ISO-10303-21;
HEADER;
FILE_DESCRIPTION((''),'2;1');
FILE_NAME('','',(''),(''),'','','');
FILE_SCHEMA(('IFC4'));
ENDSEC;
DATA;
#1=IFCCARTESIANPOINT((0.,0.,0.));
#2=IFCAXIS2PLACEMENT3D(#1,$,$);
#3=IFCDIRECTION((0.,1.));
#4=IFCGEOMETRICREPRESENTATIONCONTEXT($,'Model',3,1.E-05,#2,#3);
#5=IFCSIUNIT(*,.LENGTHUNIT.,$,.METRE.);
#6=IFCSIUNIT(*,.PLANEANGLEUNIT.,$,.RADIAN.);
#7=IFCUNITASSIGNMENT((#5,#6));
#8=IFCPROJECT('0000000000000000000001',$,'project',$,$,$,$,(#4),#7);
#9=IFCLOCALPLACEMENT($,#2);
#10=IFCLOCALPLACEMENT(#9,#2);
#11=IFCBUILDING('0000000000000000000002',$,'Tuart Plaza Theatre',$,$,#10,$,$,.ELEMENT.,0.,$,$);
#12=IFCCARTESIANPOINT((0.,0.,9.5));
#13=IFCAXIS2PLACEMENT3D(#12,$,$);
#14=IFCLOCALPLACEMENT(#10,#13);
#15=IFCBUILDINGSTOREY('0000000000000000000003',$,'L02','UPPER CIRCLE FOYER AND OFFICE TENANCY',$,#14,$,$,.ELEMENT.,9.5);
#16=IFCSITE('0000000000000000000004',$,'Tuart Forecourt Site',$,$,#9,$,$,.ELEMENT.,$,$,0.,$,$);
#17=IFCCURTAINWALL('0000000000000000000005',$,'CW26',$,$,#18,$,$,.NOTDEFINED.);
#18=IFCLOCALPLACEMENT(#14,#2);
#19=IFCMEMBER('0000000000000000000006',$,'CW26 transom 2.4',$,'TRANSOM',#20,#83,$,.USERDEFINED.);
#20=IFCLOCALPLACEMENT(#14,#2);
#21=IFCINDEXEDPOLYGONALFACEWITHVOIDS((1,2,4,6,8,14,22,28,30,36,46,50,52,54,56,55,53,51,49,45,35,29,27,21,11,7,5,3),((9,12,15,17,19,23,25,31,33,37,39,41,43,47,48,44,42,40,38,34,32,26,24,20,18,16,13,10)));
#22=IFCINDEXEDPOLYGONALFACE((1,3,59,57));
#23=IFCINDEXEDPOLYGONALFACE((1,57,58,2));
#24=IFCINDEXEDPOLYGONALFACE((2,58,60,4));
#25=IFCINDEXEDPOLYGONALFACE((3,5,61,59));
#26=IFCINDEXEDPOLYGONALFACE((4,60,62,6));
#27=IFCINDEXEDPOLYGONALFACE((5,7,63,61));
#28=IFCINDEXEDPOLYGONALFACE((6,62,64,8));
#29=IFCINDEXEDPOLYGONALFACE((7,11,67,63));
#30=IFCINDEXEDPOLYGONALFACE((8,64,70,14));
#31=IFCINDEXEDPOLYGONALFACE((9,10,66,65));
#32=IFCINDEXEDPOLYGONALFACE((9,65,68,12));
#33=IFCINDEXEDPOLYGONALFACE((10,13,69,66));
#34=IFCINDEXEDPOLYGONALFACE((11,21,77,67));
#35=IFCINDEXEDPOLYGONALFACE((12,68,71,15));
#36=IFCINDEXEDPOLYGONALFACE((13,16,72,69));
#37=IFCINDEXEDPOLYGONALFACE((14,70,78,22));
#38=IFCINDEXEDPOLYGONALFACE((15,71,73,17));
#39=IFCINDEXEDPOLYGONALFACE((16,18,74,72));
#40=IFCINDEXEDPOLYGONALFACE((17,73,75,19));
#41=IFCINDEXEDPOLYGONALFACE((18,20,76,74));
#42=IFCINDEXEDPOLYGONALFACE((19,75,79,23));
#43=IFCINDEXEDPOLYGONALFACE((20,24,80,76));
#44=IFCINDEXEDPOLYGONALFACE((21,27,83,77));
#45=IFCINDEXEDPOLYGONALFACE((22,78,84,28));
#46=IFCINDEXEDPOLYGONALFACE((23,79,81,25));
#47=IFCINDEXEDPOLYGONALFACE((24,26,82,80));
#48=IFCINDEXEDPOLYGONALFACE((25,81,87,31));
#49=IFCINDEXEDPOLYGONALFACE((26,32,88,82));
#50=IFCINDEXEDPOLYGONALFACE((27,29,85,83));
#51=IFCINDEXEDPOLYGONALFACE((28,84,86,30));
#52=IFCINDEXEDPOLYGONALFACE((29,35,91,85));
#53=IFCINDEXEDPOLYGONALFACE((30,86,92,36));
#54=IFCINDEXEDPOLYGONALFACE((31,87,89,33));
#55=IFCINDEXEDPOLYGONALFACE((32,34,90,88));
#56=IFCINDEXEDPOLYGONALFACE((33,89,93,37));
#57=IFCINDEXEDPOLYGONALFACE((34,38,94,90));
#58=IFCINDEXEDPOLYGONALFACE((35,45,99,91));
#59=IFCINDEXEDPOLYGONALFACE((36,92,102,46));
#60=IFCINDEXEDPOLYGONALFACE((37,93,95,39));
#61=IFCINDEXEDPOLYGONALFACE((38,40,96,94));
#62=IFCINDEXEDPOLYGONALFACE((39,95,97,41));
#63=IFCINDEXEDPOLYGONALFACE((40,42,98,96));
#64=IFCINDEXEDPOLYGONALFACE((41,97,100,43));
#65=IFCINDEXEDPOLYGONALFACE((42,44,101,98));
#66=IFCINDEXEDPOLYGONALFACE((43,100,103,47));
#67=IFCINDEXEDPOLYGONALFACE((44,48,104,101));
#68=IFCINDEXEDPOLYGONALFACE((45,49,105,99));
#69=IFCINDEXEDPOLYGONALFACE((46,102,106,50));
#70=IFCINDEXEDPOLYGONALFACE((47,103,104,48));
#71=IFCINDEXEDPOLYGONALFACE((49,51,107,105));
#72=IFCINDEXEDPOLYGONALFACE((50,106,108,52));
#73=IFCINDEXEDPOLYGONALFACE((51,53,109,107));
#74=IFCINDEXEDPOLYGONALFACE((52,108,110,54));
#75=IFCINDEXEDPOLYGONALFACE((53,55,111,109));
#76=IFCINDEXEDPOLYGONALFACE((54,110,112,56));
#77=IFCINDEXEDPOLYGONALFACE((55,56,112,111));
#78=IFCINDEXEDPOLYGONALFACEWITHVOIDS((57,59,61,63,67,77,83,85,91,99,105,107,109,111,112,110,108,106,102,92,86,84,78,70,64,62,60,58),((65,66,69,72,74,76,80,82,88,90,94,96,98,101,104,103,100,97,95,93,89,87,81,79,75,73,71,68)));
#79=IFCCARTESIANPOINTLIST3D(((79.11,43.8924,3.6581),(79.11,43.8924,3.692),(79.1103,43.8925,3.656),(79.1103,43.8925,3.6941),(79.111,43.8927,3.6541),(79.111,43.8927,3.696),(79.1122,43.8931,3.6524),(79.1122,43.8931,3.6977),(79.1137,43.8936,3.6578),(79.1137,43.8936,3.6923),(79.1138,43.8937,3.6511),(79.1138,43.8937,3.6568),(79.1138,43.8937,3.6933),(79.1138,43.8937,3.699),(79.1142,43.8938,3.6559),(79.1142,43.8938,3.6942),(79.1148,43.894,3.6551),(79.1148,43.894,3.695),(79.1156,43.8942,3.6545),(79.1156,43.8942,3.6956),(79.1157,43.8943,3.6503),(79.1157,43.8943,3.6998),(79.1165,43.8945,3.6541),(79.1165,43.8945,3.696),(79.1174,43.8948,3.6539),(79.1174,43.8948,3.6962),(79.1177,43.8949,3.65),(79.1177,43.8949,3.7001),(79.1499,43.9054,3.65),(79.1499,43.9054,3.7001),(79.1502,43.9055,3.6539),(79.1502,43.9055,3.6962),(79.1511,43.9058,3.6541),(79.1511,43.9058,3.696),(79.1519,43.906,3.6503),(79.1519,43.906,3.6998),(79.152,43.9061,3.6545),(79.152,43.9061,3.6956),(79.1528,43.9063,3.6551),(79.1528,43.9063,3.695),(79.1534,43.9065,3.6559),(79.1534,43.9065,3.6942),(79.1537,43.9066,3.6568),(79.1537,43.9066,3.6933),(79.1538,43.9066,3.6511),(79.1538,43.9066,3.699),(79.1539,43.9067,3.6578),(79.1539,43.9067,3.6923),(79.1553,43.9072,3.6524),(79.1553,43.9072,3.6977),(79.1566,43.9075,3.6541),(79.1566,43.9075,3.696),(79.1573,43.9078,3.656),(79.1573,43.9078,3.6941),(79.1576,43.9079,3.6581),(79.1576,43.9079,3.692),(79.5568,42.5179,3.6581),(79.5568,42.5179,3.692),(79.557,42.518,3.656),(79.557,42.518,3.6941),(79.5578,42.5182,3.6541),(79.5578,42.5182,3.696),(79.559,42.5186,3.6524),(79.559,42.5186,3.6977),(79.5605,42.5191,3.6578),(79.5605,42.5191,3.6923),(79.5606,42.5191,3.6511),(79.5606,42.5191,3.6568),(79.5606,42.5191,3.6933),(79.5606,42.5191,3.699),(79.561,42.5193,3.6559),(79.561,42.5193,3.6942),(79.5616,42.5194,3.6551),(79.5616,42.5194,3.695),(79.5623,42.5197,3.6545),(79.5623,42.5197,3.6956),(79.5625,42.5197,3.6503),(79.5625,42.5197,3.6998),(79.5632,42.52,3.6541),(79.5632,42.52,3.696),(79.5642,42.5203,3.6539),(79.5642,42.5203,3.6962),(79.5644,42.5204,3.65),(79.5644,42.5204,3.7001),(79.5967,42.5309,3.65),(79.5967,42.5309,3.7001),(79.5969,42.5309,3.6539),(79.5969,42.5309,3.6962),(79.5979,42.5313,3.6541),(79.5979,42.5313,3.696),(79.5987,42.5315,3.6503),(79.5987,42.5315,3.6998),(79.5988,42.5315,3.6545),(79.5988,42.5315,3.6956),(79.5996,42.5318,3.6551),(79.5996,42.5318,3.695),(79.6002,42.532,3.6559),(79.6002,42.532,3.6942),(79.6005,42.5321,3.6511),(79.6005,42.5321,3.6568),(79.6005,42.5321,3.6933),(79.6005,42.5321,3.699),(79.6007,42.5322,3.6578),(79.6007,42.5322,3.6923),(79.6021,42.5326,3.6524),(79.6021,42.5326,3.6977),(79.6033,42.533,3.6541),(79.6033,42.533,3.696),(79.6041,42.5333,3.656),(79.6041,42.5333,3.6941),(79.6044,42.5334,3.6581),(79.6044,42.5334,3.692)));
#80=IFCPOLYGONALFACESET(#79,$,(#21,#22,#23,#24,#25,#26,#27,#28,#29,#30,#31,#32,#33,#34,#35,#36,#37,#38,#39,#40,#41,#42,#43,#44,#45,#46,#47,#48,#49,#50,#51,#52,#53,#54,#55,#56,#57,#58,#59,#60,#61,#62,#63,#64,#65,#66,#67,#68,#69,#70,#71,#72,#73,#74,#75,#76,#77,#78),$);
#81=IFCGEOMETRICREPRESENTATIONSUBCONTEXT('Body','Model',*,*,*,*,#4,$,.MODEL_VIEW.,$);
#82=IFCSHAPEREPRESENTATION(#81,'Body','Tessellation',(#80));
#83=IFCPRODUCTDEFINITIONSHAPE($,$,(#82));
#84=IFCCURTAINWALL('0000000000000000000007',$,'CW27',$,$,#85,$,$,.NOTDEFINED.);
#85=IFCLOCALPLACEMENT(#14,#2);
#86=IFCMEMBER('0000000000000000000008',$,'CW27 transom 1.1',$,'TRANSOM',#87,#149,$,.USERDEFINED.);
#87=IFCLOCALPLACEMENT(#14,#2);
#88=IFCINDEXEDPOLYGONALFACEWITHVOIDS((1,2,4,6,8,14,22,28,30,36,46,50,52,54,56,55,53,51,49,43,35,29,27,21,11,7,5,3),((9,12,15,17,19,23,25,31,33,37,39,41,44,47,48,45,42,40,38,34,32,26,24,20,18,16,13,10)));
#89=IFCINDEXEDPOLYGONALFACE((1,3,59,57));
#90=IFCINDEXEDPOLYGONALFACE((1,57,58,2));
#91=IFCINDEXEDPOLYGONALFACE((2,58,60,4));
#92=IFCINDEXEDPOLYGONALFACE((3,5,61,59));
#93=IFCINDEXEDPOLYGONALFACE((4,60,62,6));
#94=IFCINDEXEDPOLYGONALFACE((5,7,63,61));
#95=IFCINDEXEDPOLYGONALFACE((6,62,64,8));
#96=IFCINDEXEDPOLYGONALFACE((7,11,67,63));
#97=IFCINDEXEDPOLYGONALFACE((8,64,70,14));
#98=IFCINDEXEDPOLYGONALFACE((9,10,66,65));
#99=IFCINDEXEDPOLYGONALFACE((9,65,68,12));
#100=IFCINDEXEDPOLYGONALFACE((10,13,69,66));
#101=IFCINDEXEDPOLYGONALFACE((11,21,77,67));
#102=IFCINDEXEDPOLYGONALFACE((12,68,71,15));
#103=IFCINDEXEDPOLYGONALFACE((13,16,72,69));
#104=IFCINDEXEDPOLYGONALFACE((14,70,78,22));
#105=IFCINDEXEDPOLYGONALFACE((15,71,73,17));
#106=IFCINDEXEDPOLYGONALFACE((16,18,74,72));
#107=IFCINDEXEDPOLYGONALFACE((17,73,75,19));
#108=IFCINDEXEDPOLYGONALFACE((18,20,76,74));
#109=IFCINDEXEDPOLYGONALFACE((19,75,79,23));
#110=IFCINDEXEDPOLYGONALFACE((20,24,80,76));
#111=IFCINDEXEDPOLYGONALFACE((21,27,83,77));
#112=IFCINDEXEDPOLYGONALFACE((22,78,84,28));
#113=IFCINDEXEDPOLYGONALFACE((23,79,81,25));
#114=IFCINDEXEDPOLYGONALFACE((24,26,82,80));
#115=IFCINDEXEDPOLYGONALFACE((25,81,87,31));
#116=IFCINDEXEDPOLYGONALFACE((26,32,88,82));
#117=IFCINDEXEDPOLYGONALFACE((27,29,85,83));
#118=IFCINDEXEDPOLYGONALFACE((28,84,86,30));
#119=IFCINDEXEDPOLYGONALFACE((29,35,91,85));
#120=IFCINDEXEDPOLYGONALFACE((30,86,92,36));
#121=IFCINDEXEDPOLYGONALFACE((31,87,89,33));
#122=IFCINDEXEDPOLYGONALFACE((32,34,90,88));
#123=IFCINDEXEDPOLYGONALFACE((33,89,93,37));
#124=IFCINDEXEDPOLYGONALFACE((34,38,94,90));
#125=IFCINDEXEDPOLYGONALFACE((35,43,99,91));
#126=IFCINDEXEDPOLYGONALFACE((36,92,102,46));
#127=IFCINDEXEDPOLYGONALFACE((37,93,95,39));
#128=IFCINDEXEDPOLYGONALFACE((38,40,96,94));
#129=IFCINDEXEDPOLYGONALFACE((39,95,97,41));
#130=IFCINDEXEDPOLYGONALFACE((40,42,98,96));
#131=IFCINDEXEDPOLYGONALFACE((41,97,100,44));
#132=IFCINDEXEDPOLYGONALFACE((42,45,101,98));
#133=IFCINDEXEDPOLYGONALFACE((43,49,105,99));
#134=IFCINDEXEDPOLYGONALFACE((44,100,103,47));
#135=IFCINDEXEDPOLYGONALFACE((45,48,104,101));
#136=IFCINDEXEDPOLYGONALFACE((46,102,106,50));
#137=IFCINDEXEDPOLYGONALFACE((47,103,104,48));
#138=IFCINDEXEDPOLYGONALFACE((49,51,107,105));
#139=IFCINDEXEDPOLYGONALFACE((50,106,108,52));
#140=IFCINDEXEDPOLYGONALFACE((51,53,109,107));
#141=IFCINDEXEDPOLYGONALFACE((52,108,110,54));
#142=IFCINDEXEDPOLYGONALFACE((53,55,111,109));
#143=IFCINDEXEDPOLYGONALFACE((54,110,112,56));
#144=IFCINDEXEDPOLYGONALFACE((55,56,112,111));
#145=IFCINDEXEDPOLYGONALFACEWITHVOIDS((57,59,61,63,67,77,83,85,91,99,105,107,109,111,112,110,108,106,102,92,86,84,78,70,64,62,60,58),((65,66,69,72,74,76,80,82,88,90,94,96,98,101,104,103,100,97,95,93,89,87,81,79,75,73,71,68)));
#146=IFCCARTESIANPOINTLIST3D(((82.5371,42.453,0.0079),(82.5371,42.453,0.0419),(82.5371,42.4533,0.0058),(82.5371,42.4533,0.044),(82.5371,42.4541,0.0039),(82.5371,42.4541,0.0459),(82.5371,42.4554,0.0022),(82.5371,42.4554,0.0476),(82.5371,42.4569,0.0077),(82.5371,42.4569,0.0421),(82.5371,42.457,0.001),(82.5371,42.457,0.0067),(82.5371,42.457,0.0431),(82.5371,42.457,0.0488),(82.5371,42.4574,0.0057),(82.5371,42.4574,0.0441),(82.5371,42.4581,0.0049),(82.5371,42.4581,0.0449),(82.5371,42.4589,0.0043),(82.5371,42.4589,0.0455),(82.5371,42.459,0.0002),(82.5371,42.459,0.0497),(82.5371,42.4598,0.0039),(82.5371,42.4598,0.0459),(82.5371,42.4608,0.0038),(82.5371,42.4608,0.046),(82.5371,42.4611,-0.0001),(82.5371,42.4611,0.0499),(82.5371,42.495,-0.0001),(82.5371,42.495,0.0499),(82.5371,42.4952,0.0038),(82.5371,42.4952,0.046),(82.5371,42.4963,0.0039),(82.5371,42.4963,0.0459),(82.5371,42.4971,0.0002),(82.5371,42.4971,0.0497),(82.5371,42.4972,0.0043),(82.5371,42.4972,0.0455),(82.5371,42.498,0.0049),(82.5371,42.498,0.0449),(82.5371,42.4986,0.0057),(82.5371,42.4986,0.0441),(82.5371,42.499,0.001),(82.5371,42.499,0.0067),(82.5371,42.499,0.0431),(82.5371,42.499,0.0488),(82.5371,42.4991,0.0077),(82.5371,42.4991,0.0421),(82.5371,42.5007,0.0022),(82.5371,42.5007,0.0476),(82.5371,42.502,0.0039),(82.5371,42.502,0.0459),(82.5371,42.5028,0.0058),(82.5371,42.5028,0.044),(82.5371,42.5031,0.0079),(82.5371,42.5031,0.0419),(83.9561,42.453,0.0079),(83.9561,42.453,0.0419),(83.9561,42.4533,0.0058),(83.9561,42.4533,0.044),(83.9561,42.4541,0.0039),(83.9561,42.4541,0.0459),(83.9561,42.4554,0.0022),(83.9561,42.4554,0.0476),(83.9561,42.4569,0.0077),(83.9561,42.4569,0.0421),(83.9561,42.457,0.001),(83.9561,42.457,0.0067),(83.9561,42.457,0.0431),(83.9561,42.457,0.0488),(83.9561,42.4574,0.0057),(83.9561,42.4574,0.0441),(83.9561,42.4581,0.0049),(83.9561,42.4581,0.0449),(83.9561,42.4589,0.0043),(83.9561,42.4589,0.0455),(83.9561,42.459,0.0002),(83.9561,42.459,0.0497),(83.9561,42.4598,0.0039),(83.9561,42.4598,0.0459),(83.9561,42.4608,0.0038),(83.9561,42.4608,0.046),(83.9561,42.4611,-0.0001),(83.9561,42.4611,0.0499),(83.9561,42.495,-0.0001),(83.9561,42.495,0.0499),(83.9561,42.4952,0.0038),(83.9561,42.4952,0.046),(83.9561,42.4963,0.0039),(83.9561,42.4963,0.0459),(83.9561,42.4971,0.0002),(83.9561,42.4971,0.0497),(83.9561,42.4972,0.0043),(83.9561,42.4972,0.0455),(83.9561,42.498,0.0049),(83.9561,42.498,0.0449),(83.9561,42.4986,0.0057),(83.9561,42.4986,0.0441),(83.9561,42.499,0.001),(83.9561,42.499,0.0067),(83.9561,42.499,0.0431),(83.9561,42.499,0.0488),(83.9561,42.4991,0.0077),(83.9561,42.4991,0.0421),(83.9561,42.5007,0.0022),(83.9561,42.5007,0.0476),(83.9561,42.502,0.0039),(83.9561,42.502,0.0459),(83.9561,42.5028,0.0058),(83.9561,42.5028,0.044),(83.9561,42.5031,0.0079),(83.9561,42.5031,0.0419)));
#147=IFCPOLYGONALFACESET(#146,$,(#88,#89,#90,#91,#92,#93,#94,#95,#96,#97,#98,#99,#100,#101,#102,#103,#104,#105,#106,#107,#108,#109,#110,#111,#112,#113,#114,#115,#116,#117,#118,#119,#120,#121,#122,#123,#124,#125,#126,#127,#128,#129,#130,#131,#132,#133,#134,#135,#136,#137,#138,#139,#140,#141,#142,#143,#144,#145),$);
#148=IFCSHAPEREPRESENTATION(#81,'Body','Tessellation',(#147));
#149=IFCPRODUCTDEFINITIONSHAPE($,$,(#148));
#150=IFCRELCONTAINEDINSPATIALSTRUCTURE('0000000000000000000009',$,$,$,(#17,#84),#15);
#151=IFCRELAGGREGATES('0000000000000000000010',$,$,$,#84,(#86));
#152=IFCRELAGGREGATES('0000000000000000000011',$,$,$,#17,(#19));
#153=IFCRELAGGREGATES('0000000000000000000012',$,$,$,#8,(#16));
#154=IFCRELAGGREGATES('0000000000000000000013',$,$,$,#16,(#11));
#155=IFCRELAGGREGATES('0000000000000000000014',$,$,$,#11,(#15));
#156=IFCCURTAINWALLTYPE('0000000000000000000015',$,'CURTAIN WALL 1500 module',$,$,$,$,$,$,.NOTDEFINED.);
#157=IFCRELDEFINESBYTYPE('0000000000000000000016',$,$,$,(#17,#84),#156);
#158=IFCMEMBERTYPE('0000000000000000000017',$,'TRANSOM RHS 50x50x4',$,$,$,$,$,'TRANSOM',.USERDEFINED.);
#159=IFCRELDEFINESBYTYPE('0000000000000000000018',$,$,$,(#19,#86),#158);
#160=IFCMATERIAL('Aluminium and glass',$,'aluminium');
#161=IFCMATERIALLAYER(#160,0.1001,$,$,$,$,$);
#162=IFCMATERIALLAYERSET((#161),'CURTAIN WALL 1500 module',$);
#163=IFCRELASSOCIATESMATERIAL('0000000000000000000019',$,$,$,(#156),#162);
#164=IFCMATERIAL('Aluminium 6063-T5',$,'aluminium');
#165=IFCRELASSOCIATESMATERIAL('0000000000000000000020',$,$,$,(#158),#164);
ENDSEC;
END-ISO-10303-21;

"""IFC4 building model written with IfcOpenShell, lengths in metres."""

from ifc_helpers import new_model, si_unit, direction, frame, origin, origin_2d, place, context, subcontext, project, spatial, hollow_rectangle, extrude, material, layer, layer_set, material_profile, profile_set, type_object, element, aggregate, save


model = new_model("IFC4")

# Units and contexts
model_context = context("Model", 3, precision=1e-05, world=origin(), true_north=direction((0.0, 1.0)))
body_context = subcontext(model_context, "Body", "Model", "MODEL_VIEW")
ifc_project = project(units=[si_unit("LENGTHUNIT", "METRE"), si_unit("PLANEANGLEUNIT", "RADIAN")], contexts=[model_context])

# Site, building, storey
site_placement = place(None, origin())
site = spatial("IfcSite", under=ifc_project, at=site_placement, Name="Tuart Forecourt Site", CompositionType="ELEMENT", RefElevation=0.0)
building_placement = place(site_placement, origin())
building = spatial("IfcBuilding", under=site, at=building_placement, Name="Tuart Plaza Theatre", CompositionType="ELEMENT", ElevationOfRefHeight=0.0)
storey_placement = place(building_placement, frame((0.0, 0.0, 9.5)))
storey = spatial("IfcBuildingStorey", under=building, at=storey_placement, Name="L02", Description="UPPER CIRCLE FOYER AND OFFICE TENANCY", CompositionType="ELEMENT", Elevation=9.5)

# Curtain walls, members
ifc_material_1 = material(Name="Aluminium and glass", Category="aluminium")
ifc_layer_1 = layer(ifc_material_1, 0.1001)
ifc_layer_set_1 = layer_set([ifc_layer_1], Name="CURTAIN WALL 1500 module")
curtain_wall_type = type_object("IfcCurtainWallType", Name="CURTAIN WALL 1500 module", PredefinedType="NOTDEFINED", material=ifc_layer_set_1)
curtain_wall_1_placement = place(storey_placement, origin())
curtain_wall_1 = element("IfcCurtainWall", 1, at=curtain_wall_1_placement, inside=storey, type_object=curtain_wall_type, Name="CW26", PredefinedType="NOTDEFINED")
ifc_material_2 = material(Name="Aluminium 6063-T5", Category="aluminium")
ifc_material_profile_1 = material_profile(ifc_material_2, hollow_rectangle(XDim=0.05, YDim=0.05, WallThickness=0.0039, InnerFilletRadius=0.0039, OuterFilletRadius=0.0081, at=origin_2d()), Name="RHS 50x50x4")
ifc_profile_set_1 = profile_set([ifc_material_profile_1], Name="Aluminium 6063-T5")
member_type_1 = type_object("IfcMemberType", Name="TRANSOM RHS 50x50x4", ElementType="TRANSOM", PredefinedType="USERDEFINED", material=ifc_profile_set_1)
member_1_placement = place(storey_placement, frame((79.1338, 43.9001, 3.675), z_axis=(0.309124, -0.951022, 0.0), x_axis=(0.951022, 0.309124, 0.0)))
member_1 = element("IfcMember", 2, at=member_1_placement, type_object=member_type_1, Name="CW26 transom 2.4", ObjectType="TRANSOM", PredefinedType="USERDEFINED", context=body_context, shape_type="SweptSolid", body=[
    extrude(hollow_rectangle(XDim=0.05, YDim=0.05, WallThickness=0.0039, InnerFilletRadius=0.0039, OuterFilletRadius=0.0081, at=origin_2d()), origin(), (0.0, 0.0, 1.0), 1.4453),
])
curtain_wall_2_placement = place(storey_placement, origin())
curtain_wall_2 = element("IfcCurtainWall", 3, at=curtain_wall_2_placement, inside=storey, type_object=curtain_wall_type, Name="CW27", PredefinedType="NOTDEFINED")
member_2_placement = place(storey_placement, frame((82.5371, 42.478, 0.0249), z_axis=(1.0, 0.0, 0.0), x_axis=(0.0, 1.0, 0.0)))
member_2 = element("IfcMember", 4, at=member_2_placement, type_object=member_type_1, Name="CW27 transom 1.1", ObjectType="TRANSOM", PredefinedType="USERDEFINED", context=body_context, shape_type="SweptSolid", body=[
    extrude(hollow_rectangle(XDim=0.05, YDim=0.05, WallThickness=0.0039, InnerFilletRadius=0.0039, OuterFilletRadius=0.0081, at=origin_2d()), origin(), (0.0, 0.0, 1.0), 1.4189),
])
aggregate(curtain_wall_2, [member_2])

aggregate(curtain_wall_1, [member_1])

save(model, "model.ifc")
